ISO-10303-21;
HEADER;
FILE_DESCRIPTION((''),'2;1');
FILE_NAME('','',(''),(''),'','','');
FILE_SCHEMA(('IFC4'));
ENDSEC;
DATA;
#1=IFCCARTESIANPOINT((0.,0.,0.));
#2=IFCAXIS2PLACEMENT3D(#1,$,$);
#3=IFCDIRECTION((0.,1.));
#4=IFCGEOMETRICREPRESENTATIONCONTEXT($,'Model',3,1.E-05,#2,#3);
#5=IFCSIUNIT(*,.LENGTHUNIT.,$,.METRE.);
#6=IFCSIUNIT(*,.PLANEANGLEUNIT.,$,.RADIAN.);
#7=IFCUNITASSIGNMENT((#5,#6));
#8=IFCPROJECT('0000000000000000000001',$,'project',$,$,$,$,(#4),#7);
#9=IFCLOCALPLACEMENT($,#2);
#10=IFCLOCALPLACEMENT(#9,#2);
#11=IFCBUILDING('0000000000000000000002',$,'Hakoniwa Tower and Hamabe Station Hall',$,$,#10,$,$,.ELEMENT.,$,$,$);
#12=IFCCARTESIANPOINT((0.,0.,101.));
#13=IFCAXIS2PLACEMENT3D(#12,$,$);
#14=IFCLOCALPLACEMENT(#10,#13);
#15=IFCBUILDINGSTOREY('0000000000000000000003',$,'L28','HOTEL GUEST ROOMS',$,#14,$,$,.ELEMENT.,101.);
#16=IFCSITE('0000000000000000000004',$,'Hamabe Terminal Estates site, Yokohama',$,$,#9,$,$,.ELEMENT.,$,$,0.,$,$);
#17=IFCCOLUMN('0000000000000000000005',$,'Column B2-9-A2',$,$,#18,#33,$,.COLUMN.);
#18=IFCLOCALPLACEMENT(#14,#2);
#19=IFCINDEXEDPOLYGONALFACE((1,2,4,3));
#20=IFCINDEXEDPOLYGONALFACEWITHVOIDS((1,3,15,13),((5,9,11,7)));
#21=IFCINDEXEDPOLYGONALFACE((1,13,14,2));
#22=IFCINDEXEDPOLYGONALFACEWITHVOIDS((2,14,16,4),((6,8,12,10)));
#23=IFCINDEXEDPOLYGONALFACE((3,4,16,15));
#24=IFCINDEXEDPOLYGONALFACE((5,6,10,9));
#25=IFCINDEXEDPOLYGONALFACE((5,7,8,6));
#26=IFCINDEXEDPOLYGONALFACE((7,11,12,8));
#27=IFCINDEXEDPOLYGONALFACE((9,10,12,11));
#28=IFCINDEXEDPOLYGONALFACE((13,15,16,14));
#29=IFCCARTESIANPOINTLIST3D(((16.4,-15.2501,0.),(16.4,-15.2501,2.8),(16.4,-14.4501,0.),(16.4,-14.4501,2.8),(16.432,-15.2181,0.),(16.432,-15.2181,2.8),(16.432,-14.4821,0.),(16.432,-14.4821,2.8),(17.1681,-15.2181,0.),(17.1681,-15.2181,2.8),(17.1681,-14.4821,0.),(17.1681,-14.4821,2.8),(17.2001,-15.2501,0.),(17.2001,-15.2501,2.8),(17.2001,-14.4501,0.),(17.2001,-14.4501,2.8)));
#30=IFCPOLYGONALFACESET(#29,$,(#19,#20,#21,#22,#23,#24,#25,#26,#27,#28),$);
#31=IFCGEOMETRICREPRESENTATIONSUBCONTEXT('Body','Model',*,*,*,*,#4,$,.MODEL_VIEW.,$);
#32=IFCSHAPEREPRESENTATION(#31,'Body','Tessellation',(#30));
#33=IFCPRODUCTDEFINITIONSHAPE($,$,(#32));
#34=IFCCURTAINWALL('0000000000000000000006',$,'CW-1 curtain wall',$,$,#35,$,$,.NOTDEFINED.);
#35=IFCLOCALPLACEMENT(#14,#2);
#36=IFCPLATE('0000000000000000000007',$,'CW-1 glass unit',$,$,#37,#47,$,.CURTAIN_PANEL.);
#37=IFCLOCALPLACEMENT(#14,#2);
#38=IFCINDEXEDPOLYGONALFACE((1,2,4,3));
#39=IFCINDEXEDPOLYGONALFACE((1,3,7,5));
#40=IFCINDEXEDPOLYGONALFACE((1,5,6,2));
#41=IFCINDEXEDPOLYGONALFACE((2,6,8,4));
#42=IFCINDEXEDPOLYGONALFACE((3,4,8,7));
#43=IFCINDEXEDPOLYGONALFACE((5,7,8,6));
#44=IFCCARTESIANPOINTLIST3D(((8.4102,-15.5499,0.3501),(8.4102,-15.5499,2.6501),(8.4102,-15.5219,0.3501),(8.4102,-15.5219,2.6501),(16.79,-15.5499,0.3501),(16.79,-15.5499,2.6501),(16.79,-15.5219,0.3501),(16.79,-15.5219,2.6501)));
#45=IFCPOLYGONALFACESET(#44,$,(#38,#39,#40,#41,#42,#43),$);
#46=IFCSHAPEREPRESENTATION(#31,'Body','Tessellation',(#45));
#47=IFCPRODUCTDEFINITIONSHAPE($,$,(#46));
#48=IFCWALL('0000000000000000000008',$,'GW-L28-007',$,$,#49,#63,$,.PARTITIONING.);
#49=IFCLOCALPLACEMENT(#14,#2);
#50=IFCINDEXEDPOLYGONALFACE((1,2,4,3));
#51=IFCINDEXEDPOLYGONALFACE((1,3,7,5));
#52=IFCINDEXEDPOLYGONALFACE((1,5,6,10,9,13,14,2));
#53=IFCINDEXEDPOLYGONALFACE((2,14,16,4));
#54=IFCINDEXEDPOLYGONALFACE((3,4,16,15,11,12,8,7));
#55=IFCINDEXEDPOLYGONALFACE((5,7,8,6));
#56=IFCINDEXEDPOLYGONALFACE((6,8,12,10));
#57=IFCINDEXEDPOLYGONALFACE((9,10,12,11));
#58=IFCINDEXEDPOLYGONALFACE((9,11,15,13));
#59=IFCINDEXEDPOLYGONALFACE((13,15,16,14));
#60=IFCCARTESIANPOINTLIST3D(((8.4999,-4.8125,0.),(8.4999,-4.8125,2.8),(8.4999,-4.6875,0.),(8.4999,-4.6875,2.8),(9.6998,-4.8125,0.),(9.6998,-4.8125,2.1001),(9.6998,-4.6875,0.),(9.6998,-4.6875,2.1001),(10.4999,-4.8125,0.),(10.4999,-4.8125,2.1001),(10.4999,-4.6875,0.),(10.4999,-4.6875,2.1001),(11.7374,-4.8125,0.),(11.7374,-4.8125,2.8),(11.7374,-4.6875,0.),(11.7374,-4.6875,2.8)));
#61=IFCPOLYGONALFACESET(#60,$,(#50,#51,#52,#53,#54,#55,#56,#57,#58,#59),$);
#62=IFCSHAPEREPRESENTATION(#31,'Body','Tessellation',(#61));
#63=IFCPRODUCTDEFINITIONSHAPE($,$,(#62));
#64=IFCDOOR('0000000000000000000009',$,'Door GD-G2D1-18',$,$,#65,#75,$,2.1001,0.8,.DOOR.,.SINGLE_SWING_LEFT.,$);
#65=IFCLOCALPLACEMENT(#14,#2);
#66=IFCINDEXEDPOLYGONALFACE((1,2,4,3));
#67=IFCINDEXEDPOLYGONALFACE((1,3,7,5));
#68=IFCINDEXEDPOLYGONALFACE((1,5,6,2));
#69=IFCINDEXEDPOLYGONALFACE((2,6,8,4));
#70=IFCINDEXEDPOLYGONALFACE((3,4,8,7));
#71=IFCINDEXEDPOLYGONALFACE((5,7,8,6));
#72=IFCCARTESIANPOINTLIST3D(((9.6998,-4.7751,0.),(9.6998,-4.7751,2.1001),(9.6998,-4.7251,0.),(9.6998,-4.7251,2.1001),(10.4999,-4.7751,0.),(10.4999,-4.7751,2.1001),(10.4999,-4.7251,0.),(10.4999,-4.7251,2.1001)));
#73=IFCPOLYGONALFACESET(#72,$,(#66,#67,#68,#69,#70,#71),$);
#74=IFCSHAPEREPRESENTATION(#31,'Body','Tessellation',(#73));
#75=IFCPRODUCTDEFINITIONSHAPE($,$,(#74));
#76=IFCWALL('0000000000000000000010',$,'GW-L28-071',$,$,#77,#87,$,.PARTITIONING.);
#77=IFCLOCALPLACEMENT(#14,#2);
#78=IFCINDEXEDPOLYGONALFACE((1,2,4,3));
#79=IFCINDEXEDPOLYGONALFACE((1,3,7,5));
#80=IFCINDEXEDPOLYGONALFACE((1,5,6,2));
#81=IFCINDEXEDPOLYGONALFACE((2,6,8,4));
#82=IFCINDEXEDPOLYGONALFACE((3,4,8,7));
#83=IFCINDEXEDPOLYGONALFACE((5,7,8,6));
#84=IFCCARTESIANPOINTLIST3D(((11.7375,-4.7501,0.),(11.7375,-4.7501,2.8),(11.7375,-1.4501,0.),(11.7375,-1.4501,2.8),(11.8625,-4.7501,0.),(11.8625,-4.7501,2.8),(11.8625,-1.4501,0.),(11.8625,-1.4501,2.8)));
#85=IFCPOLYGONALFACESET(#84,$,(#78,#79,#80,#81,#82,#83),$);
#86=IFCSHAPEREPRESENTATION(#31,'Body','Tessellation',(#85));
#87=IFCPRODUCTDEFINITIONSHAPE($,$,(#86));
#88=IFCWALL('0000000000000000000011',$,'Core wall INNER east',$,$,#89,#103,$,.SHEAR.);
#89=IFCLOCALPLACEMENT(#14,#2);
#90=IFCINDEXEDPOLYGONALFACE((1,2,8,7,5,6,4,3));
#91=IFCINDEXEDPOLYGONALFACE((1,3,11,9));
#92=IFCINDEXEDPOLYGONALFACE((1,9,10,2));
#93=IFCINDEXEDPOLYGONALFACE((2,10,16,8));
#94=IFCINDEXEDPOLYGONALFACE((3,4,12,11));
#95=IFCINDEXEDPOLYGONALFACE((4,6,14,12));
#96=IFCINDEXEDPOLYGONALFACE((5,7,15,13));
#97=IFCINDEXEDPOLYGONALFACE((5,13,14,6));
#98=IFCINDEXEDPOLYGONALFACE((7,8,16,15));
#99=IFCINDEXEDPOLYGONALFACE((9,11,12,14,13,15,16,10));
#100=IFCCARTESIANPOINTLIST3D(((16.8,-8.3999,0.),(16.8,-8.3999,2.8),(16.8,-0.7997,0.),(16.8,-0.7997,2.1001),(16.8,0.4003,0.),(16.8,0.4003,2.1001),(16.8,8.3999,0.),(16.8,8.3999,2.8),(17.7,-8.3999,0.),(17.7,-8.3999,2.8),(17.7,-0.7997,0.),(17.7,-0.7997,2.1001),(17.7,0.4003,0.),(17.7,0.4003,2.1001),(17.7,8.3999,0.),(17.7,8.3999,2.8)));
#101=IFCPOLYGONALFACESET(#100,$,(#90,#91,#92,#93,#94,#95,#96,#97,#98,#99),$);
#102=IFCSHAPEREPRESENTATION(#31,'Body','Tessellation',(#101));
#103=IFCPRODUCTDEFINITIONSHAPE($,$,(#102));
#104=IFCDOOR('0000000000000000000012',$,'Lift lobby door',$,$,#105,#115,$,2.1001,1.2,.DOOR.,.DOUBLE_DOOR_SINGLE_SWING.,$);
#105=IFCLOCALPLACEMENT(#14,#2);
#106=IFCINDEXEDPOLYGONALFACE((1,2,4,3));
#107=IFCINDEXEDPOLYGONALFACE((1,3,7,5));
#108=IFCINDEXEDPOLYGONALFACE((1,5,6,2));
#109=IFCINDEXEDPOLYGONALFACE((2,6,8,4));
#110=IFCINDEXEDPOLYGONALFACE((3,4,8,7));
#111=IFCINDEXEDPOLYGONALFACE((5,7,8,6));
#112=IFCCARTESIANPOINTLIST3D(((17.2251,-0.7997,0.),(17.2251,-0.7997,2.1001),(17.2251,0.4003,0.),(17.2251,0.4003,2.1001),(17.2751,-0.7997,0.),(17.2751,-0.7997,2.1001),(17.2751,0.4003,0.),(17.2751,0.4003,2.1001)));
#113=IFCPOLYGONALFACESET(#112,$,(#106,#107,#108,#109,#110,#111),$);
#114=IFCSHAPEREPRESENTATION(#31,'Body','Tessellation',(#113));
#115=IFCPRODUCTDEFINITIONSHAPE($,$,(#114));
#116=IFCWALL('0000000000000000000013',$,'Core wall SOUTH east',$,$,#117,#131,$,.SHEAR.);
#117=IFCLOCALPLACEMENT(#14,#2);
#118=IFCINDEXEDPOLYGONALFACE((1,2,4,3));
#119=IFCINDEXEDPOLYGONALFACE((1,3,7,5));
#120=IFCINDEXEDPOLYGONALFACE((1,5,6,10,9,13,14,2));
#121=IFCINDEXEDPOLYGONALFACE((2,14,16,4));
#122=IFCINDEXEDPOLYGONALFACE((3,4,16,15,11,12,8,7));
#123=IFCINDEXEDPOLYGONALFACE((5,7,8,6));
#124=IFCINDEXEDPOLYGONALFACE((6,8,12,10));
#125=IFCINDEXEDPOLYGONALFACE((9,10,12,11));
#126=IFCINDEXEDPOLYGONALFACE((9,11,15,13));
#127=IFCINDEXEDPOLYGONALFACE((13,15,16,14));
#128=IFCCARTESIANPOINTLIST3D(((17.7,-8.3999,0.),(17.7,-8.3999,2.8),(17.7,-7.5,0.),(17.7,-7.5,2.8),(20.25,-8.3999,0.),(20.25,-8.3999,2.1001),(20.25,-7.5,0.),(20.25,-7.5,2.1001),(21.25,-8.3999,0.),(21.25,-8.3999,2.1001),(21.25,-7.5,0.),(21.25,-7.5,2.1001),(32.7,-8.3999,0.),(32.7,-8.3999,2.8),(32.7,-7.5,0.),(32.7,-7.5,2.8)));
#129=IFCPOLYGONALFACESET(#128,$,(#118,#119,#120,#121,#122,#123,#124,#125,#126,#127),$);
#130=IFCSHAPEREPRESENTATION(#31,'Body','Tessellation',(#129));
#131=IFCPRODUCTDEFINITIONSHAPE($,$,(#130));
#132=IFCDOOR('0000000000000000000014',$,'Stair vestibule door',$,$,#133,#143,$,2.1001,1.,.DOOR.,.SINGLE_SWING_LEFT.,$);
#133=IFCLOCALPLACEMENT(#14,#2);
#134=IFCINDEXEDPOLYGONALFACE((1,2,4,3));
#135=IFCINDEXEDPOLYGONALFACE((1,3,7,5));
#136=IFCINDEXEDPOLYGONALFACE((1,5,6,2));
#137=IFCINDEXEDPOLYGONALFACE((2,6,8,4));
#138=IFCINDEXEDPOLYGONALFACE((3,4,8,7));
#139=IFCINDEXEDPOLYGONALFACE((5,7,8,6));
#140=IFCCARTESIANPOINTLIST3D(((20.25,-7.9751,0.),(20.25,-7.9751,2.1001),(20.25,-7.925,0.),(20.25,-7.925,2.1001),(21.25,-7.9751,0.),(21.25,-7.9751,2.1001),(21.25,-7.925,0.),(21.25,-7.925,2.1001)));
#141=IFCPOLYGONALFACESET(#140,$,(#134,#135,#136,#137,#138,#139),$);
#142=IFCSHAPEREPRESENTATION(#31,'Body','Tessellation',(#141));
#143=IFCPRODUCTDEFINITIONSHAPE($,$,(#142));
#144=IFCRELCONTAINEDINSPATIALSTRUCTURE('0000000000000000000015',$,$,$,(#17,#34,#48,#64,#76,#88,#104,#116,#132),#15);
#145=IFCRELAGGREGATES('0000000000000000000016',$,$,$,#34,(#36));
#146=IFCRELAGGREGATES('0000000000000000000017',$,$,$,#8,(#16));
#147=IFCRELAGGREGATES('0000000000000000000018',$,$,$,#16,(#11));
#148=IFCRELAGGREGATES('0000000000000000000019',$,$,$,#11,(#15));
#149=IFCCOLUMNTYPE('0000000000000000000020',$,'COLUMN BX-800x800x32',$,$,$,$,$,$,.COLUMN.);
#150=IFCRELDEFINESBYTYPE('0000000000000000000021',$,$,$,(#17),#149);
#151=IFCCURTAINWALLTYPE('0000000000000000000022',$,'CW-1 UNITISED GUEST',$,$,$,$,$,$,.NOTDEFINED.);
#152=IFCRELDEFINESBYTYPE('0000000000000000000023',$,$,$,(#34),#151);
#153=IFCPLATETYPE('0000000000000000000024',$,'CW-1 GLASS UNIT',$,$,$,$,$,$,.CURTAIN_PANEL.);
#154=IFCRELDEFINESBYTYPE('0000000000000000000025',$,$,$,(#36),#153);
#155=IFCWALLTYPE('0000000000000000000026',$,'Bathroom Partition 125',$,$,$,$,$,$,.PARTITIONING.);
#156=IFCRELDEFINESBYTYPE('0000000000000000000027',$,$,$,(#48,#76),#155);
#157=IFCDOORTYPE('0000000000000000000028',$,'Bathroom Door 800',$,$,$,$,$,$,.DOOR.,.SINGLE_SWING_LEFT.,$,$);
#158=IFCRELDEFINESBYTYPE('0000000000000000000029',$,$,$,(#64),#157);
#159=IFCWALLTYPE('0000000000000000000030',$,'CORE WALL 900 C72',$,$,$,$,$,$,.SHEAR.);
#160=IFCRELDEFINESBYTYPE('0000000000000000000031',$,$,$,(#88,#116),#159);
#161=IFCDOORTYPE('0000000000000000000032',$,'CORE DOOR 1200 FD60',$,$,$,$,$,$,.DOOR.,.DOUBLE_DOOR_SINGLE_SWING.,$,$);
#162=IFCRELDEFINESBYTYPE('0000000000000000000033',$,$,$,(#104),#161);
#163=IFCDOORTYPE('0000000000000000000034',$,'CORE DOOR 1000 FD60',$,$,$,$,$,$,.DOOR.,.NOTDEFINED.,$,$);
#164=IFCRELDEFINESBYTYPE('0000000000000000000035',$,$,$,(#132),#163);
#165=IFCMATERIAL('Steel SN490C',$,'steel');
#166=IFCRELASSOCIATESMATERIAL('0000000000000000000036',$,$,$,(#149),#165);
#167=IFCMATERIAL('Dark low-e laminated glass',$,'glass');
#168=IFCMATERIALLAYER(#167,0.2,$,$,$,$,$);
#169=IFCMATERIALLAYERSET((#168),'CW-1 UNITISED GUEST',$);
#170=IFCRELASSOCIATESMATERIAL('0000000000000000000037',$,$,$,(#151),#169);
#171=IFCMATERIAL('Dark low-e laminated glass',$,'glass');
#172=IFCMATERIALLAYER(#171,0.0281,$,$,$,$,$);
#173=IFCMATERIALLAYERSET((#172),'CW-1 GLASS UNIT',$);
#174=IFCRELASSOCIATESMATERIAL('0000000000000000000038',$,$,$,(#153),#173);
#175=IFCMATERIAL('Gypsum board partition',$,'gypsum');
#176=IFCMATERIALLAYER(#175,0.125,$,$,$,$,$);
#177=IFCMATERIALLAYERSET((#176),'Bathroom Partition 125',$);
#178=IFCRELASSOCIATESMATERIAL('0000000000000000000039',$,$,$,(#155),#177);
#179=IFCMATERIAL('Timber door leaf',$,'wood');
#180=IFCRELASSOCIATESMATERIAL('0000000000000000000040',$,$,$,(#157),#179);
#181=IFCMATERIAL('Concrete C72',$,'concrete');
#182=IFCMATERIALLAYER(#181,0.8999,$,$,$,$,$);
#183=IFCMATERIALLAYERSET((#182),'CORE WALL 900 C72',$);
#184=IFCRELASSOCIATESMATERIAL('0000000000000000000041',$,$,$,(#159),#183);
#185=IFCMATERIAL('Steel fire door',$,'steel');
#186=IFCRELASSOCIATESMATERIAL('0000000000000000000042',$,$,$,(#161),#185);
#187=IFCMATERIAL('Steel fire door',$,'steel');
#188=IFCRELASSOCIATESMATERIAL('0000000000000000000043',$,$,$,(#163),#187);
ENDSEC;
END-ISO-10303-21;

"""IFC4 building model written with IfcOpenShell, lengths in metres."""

from ifc_helpers import new_model, si_unit, direction, frame, frame_2d, origin, origin_2d, place, context, subcontext, project, spatial, rectangle, hollow_rectangle, extrude, material, layer, layer_set, material_profile, profile_set, type_object, element, fill, aggregate, save


model = new_model("IFC4")

# Units and contexts
model_context = context("Model", 3, precision=1e-05, world=origin(), true_north=direction((0.0, 1.0)))
body_context = subcontext(model_context, "Body", "Model", "MODEL_VIEW")
ifc_project = project(units=[si_unit("LENGTHUNIT", "METRE"), si_unit("PLANEANGLEUNIT", "RADIAN")], contexts=[model_context])

# Site, building, storey
site_placement = place(None, origin())
site = spatial("IfcSite", under=ifc_project, at=site_placement, Name="Hamabe Terminal Estates site, Yokohama", CompositionType="ELEMENT", RefElevation=0.0)
building_placement = place(site_placement, origin())
building = spatial("IfcBuilding", under=site, at=building_placement, Name="Hakoniwa Tower and Hamabe Station Hall", CompositionType="ELEMENT")
storey_placement = place(building_placement, frame((0.0, 0.0, 101.0)))
storey = spatial("IfcBuildingStorey", under=building, at=storey_placement, Name="L28", Description="HOTEL GUEST ROOMS", CompositionType="ELEMENT", Elevation=101.0)

# Column
ifc_material_1 = material(Name="Steel SN490C", Category="steel")
ifc_material_profile = material_profile(ifc_material_1, hollow_rectangle(XDim=0.8, YDim=0.8, WallThickness=0.032, at=origin_2d()), Name="BX-800x800x32")
ifc_profile_set = profile_set([ifc_material_profile], Name="Steel SN490C")
column_type = type_object("IfcColumnType", Name="COLUMN BX-800x800x32", PredefinedType="COLUMN", material=ifc_profile_set)
column_placement = place(storey_placement, frame((16.8, -14.8501, 0.0), z_axis=(0.0, 0.0, 1.0), x_axis=(1.0, 0.0, 0.0)))
element("IfcColumn", 1, at=column_placement, inside=storey, type_object=column_type, Name="Column B2-9-A2", PredefinedType="COLUMN", context=body_context, shape_type="SweptSolid", body=[
    extrude(hollow_rectangle(XDim=0.8, YDim=0.8, WallThickness=0.032, at=origin_2d()), origin(), (0.0, 0.0, 1.0), 2.8),
])

# Curtain wall, plate
ifc_material_2 = material(Name="Dark low-e laminated glass", Category="glass")
ifc_layer_1 = layer(ifc_material_2, 0.2)
ifc_layer_set_1 = layer_set([ifc_layer_1], Name="CW-1 UNITISED GUEST")
curtain_wall_type = type_object("IfcCurtainWallType", Name="CW-1 UNITISED GUEST", PredefinedType="NOTDEFINED", material=ifc_layer_set_1)
curtain_wall_placement = place(storey_placement, origin())
curtain_wall = element("IfcCurtainWall", 2, at=curtain_wall_placement, inside=storey, type_object=curtain_wall_type, Name="CW-1 curtain wall", PredefinedType="NOTDEFINED")
ifc_material_3 = material(Name="Dark low-e laminated glass", Category="glass")
ifc_layer_2 = layer(ifc_material_3, 0.0281)
ifc_layer_set_2 = layer_set([ifc_layer_2], Name="CW-1 GLASS UNIT")
plate_type = type_object("IfcPlateType", Name="CW-1 GLASS UNIT", PredefinedType="CURTAIN_PANEL", material=ifc_layer_set_2)
plate_placement = place(storey_placement, frame((12.6001, -15.5359, 0.3501), z_axis=(0.0, 0.0, 1.0), x_axis=(1.0, 0.0, 0.0)))
plate = element("IfcPlate", 3, at=plate_placement, type_object=plate_type, Name="CW-1 glass unit", PredefinedType="CURTAIN_PANEL", context=body_context, shape_type="SweptSolid", body=[
    extrude(rectangle(XDim=8.3799, YDim=0.0281, at=origin_2d()), origin(), (0.0, 0.0, 1.0), 2.3),
])
aggregate(curtain_wall, [plate])

# Wall, opening, door
ifc_material_4 = material(Name="Gypsum board partition", Category="gypsum")
ifc_layer_3 = layer(ifc_material_4, 0.125)
ifc_layer_set_3 = layer_set([ifc_layer_3], Name="Bathroom Partition 125")
wall_type_1 = type_object("IfcWallType", Name="Bathroom Partition 125", PredefinedType="PARTITIONING", material=ifc_layer_set_3)
wall_1_placement = place(storey_placement, frame((8.5, -4.75, 0.0), z_axis=(0.0, 0.0, 1.0), x_axis=(1.0, 0.0, 0.0)))
wall_1 = element("IfcWall", 4, at=wall_1_placement, inside=storey, type_object=wall_type_1, Name="GW-L28-007", PredefinedType="PARTITIONING", context=body_context, shape_type="SweptSolid", body=[
    extrude(rectangle(XDim=3.2375, YDim=0.125, at=frame_2d((1.6187, 0.0))), origin(), (0.0, 0.0, 1.0), 2.8),
])
opening_1_placement = place(wall_1_placement, frame((1.2, 0.0, 0.0)))
opening_1 = element("IfcOpeningElement", 5, at=opening_1_placement, cuts=wall_1, PredefinedType="OPENING", context=body_context, shape_type="SweptSolid", body=[
    extrude(rectangle(XDim=0.8, YDim=2.1001, at=frame_2d((0.3999, 1.05))), frame((0.0, 0.0725, 0.0), z_axis=(0.0, -1.0, 0.0), x_axis=(1.0, 0.0, 0.0)), (0.0, 0.0, 1.0), 0.145),
])
ifc_material_5 = material(Name="Timber door leaf", Category="wood")
door_type_1 = type_object("IfcDoorType", Name="Bathroom Door 800", OperationType="SINGLE_SWING_LEFT", PredefinedType="DOOR", material=ifc_material_5)
door_1_placement = place(opening_1_placement, origin())
door_1 = element("IfcDoor", 6, at=door_1_placement, inside=storey, type_object=door_type_1, Name="Door GD-G2D1-18", OperationType="SINGLE_SWING_LEFT", OverallHeight=2.1001, OverallWidth=0.8, PredefinedType="DOOR", context=body_context, shape_type="SweptSolid", body=[
    extrude(rectangle(XDim=0.8, YDim=2.1001, at=frame_2d((0.3999, 1.05))), frame((0.0, 0.0249, 0.0), z_axis=(0.0, -1.0, 0.0), x_axis=(1.0, 0.0, 0.0)), (0.0, 0.0, 1.0), 0.05),
])
fill(opening_1, door_1)

# Wall
wall_2_placement = place(storey_placement, frame((11.8, -4.75, 0.0), z_axis=(0.0, 0.0, 1.0), x_axis=(0.0, 1.0, 0.0)))
element("IfcWall", 7, at=wall_2_placement, inside=storey, type_object=wall_type_1, Name="GW-L28-071", PredefinedType="PARTITIONING", context=body_context, shape_type="SweptSolid", body=[
    extrude(rectangle(XDim=3.3, YDim=0.125, at=frame_2d((1.6499, 0.0))), origin(), (0.0, 0.0, 1.0), 2.8),
])

# Walls, openings, doors
ifc_material_6 = material(Name="Concrete C72", Category="concrete")
ifc_layer_4 = layer(ifc_material_6, 0.8999)
ifc_layer_set_4 = layer_set([ifc_layer_4], Name="CORE WALL 900 C72")
wall_type_2 = type_object("IfcWallType", Name="CORE WALL 900 C72", PredefinedType="SHEAR", material=ifc_layer_set_4)
wall_3_placement = place(storey_placement, frame((17.25, -8.3999, 0.0), z_axis=(0.0, 0.0, 1.0), x_axis=(0.0, 1.0, 0.0)))
wall_3 = element("IfcWall", 8, at=wall_3_placement, inside=storey, type_object=wall_type_2, Name="Core wall INNER east", PredefinedType="SHEAR", context=body_context, shape_type="SweptSolid", body=[
    extrude(rectangle(XDim=16.7998, YDim=0.8999, at=frame_2d((8.3999, 0.0))), origin(), (0.0, 0.0, 1.0), 2.8),
])
opening_2_placement = place(wall_3_placement, frame((7.6001, 0.0, 0.0)))
opening_2 = element("IfcOpeningElement", 9, at=opening_2_placement, cuts=wall_3, PredefinedType="OPENING", context=body_context, shape_type="SweptSolid", body=[
    extrude(rectangle(XDim=1.2, YDim=2.1001, at=frame_2d((0.6001, 1.05))), frame((0.0, 0.46, 0.0), z_axis=(0.0, -1.0, 0.0), x_axis=(1.0, 0.0, 0.0)), (0.0, 0.0, 1.0), 0.9199),
])
ifc_material_7 = material(Name="Steel fire door", Category="steel")
door_type_2 = type_object("IfcDoorType", Name="CORE DOOR 1200 FD60", OperationType="DOUBLE_DOOR_SINGLE_SWING", PredefinedType="DOOR", material=ifc_material_7)
door_2_placement = place(opening_2_placement, origin())
door_2 = element("IfcDoor", 10, at=door_2_placement, inside=storey, type_object=door_type_2, Name="Lift lobby door", OperationType="DOUBLE_DOOR_SINGLE_SWING", OverallHeight=2.1001, OverallWidth=1.2, PredefinedType="DOOR", context=body_context, shape_type="SweptSolid", body=[
    extrude(rectangle(XDim=1.2, YDim=2.1001, at=frame_2d((0.6001, 1.05))), frame((0.0, 0.0249, 0.0), z_axis=(0.0, -1.0, 0.0), x_axis=(1.0, 0.0, 0.0)), (0.0, 0.0, 1.0), 0.05),
])
fill(opening_2, door_2)
wall_4_placement = place(storey_placement, frame((17.7, -7.95, 0.0), z_axis=(0.0, 0.0, 1.0), x_axis=(1.0, 0.0, 0.0)))
wall_4 = element("IfcWall", 11, at=wall_4_placement, inside=storey, type_object=wall_type_2, Name="Core wall SOUTH east", PredefinedType="SHEAR", context=body_context, shape_type="SweptSolid", body=[
    extrude(rectangle(XDim=15.0, YDim=0.8999, at=frame_2d((7.5, 0.0))), origin(), (0.0, 0.0, 1.0), 2.8),
])
opening_3_placement = place(wall_4_placement, frame((2.55, 0.0, 0.0)))
opening_3 = element("IfcOpeningElement", 12, at=opening_3_placement, cuts=wall_4, PredefinedType="OPENING", context=body_context, shape_type="SweptSolid", body=[
    extrude(rectangle(XDim=1.0, YDim=2.1001, at=frame_2d((0.5, 1.05))), frame((0.0, 0.46, 0.0), z_axis=(0.0, -1.0, 0.0), x_axis=(1.0, 0.0, 0.0)), (0.0, 0.0, 1.0), 0.9199),
])
ifc_material_8 = material(Name="Steel fire door", Category="steel")
door_type_3 = type_object("IfcDoorType", Name="CORE DOOR 1000 FD60", OperationType="NOTDEFINED", PredefinedType="DOOR", material=ifc_material_8)
door_3_placement = place(opening_3_placement, origin())
door_3 = element("IfcDoor", 13, at=door_3_placement, inside=storey, type_object=door_type_3, Name="Stair vestibule door", OperationType="SINGLE_SWING_LEFT", OverallHeight=2.1001, OverallWidth=1.0, PredefinedType="DOOR", context=body_context, shape_type="SweptSolid", body=[
    extrude(rectangle(XDim=1.0, YDim=2.1001, at=frame_2d((0.5, 1.05))), frame((0.0, 0.0249, 0.0), z_axis=(0.0, -1.0, 0.0), x_axis=(1.0, 0.0, 0.0)), (0.0, 0.0, 1.0), 0.05),
])
fill(opening_3, door_3)

save(model, "model.ifc")
